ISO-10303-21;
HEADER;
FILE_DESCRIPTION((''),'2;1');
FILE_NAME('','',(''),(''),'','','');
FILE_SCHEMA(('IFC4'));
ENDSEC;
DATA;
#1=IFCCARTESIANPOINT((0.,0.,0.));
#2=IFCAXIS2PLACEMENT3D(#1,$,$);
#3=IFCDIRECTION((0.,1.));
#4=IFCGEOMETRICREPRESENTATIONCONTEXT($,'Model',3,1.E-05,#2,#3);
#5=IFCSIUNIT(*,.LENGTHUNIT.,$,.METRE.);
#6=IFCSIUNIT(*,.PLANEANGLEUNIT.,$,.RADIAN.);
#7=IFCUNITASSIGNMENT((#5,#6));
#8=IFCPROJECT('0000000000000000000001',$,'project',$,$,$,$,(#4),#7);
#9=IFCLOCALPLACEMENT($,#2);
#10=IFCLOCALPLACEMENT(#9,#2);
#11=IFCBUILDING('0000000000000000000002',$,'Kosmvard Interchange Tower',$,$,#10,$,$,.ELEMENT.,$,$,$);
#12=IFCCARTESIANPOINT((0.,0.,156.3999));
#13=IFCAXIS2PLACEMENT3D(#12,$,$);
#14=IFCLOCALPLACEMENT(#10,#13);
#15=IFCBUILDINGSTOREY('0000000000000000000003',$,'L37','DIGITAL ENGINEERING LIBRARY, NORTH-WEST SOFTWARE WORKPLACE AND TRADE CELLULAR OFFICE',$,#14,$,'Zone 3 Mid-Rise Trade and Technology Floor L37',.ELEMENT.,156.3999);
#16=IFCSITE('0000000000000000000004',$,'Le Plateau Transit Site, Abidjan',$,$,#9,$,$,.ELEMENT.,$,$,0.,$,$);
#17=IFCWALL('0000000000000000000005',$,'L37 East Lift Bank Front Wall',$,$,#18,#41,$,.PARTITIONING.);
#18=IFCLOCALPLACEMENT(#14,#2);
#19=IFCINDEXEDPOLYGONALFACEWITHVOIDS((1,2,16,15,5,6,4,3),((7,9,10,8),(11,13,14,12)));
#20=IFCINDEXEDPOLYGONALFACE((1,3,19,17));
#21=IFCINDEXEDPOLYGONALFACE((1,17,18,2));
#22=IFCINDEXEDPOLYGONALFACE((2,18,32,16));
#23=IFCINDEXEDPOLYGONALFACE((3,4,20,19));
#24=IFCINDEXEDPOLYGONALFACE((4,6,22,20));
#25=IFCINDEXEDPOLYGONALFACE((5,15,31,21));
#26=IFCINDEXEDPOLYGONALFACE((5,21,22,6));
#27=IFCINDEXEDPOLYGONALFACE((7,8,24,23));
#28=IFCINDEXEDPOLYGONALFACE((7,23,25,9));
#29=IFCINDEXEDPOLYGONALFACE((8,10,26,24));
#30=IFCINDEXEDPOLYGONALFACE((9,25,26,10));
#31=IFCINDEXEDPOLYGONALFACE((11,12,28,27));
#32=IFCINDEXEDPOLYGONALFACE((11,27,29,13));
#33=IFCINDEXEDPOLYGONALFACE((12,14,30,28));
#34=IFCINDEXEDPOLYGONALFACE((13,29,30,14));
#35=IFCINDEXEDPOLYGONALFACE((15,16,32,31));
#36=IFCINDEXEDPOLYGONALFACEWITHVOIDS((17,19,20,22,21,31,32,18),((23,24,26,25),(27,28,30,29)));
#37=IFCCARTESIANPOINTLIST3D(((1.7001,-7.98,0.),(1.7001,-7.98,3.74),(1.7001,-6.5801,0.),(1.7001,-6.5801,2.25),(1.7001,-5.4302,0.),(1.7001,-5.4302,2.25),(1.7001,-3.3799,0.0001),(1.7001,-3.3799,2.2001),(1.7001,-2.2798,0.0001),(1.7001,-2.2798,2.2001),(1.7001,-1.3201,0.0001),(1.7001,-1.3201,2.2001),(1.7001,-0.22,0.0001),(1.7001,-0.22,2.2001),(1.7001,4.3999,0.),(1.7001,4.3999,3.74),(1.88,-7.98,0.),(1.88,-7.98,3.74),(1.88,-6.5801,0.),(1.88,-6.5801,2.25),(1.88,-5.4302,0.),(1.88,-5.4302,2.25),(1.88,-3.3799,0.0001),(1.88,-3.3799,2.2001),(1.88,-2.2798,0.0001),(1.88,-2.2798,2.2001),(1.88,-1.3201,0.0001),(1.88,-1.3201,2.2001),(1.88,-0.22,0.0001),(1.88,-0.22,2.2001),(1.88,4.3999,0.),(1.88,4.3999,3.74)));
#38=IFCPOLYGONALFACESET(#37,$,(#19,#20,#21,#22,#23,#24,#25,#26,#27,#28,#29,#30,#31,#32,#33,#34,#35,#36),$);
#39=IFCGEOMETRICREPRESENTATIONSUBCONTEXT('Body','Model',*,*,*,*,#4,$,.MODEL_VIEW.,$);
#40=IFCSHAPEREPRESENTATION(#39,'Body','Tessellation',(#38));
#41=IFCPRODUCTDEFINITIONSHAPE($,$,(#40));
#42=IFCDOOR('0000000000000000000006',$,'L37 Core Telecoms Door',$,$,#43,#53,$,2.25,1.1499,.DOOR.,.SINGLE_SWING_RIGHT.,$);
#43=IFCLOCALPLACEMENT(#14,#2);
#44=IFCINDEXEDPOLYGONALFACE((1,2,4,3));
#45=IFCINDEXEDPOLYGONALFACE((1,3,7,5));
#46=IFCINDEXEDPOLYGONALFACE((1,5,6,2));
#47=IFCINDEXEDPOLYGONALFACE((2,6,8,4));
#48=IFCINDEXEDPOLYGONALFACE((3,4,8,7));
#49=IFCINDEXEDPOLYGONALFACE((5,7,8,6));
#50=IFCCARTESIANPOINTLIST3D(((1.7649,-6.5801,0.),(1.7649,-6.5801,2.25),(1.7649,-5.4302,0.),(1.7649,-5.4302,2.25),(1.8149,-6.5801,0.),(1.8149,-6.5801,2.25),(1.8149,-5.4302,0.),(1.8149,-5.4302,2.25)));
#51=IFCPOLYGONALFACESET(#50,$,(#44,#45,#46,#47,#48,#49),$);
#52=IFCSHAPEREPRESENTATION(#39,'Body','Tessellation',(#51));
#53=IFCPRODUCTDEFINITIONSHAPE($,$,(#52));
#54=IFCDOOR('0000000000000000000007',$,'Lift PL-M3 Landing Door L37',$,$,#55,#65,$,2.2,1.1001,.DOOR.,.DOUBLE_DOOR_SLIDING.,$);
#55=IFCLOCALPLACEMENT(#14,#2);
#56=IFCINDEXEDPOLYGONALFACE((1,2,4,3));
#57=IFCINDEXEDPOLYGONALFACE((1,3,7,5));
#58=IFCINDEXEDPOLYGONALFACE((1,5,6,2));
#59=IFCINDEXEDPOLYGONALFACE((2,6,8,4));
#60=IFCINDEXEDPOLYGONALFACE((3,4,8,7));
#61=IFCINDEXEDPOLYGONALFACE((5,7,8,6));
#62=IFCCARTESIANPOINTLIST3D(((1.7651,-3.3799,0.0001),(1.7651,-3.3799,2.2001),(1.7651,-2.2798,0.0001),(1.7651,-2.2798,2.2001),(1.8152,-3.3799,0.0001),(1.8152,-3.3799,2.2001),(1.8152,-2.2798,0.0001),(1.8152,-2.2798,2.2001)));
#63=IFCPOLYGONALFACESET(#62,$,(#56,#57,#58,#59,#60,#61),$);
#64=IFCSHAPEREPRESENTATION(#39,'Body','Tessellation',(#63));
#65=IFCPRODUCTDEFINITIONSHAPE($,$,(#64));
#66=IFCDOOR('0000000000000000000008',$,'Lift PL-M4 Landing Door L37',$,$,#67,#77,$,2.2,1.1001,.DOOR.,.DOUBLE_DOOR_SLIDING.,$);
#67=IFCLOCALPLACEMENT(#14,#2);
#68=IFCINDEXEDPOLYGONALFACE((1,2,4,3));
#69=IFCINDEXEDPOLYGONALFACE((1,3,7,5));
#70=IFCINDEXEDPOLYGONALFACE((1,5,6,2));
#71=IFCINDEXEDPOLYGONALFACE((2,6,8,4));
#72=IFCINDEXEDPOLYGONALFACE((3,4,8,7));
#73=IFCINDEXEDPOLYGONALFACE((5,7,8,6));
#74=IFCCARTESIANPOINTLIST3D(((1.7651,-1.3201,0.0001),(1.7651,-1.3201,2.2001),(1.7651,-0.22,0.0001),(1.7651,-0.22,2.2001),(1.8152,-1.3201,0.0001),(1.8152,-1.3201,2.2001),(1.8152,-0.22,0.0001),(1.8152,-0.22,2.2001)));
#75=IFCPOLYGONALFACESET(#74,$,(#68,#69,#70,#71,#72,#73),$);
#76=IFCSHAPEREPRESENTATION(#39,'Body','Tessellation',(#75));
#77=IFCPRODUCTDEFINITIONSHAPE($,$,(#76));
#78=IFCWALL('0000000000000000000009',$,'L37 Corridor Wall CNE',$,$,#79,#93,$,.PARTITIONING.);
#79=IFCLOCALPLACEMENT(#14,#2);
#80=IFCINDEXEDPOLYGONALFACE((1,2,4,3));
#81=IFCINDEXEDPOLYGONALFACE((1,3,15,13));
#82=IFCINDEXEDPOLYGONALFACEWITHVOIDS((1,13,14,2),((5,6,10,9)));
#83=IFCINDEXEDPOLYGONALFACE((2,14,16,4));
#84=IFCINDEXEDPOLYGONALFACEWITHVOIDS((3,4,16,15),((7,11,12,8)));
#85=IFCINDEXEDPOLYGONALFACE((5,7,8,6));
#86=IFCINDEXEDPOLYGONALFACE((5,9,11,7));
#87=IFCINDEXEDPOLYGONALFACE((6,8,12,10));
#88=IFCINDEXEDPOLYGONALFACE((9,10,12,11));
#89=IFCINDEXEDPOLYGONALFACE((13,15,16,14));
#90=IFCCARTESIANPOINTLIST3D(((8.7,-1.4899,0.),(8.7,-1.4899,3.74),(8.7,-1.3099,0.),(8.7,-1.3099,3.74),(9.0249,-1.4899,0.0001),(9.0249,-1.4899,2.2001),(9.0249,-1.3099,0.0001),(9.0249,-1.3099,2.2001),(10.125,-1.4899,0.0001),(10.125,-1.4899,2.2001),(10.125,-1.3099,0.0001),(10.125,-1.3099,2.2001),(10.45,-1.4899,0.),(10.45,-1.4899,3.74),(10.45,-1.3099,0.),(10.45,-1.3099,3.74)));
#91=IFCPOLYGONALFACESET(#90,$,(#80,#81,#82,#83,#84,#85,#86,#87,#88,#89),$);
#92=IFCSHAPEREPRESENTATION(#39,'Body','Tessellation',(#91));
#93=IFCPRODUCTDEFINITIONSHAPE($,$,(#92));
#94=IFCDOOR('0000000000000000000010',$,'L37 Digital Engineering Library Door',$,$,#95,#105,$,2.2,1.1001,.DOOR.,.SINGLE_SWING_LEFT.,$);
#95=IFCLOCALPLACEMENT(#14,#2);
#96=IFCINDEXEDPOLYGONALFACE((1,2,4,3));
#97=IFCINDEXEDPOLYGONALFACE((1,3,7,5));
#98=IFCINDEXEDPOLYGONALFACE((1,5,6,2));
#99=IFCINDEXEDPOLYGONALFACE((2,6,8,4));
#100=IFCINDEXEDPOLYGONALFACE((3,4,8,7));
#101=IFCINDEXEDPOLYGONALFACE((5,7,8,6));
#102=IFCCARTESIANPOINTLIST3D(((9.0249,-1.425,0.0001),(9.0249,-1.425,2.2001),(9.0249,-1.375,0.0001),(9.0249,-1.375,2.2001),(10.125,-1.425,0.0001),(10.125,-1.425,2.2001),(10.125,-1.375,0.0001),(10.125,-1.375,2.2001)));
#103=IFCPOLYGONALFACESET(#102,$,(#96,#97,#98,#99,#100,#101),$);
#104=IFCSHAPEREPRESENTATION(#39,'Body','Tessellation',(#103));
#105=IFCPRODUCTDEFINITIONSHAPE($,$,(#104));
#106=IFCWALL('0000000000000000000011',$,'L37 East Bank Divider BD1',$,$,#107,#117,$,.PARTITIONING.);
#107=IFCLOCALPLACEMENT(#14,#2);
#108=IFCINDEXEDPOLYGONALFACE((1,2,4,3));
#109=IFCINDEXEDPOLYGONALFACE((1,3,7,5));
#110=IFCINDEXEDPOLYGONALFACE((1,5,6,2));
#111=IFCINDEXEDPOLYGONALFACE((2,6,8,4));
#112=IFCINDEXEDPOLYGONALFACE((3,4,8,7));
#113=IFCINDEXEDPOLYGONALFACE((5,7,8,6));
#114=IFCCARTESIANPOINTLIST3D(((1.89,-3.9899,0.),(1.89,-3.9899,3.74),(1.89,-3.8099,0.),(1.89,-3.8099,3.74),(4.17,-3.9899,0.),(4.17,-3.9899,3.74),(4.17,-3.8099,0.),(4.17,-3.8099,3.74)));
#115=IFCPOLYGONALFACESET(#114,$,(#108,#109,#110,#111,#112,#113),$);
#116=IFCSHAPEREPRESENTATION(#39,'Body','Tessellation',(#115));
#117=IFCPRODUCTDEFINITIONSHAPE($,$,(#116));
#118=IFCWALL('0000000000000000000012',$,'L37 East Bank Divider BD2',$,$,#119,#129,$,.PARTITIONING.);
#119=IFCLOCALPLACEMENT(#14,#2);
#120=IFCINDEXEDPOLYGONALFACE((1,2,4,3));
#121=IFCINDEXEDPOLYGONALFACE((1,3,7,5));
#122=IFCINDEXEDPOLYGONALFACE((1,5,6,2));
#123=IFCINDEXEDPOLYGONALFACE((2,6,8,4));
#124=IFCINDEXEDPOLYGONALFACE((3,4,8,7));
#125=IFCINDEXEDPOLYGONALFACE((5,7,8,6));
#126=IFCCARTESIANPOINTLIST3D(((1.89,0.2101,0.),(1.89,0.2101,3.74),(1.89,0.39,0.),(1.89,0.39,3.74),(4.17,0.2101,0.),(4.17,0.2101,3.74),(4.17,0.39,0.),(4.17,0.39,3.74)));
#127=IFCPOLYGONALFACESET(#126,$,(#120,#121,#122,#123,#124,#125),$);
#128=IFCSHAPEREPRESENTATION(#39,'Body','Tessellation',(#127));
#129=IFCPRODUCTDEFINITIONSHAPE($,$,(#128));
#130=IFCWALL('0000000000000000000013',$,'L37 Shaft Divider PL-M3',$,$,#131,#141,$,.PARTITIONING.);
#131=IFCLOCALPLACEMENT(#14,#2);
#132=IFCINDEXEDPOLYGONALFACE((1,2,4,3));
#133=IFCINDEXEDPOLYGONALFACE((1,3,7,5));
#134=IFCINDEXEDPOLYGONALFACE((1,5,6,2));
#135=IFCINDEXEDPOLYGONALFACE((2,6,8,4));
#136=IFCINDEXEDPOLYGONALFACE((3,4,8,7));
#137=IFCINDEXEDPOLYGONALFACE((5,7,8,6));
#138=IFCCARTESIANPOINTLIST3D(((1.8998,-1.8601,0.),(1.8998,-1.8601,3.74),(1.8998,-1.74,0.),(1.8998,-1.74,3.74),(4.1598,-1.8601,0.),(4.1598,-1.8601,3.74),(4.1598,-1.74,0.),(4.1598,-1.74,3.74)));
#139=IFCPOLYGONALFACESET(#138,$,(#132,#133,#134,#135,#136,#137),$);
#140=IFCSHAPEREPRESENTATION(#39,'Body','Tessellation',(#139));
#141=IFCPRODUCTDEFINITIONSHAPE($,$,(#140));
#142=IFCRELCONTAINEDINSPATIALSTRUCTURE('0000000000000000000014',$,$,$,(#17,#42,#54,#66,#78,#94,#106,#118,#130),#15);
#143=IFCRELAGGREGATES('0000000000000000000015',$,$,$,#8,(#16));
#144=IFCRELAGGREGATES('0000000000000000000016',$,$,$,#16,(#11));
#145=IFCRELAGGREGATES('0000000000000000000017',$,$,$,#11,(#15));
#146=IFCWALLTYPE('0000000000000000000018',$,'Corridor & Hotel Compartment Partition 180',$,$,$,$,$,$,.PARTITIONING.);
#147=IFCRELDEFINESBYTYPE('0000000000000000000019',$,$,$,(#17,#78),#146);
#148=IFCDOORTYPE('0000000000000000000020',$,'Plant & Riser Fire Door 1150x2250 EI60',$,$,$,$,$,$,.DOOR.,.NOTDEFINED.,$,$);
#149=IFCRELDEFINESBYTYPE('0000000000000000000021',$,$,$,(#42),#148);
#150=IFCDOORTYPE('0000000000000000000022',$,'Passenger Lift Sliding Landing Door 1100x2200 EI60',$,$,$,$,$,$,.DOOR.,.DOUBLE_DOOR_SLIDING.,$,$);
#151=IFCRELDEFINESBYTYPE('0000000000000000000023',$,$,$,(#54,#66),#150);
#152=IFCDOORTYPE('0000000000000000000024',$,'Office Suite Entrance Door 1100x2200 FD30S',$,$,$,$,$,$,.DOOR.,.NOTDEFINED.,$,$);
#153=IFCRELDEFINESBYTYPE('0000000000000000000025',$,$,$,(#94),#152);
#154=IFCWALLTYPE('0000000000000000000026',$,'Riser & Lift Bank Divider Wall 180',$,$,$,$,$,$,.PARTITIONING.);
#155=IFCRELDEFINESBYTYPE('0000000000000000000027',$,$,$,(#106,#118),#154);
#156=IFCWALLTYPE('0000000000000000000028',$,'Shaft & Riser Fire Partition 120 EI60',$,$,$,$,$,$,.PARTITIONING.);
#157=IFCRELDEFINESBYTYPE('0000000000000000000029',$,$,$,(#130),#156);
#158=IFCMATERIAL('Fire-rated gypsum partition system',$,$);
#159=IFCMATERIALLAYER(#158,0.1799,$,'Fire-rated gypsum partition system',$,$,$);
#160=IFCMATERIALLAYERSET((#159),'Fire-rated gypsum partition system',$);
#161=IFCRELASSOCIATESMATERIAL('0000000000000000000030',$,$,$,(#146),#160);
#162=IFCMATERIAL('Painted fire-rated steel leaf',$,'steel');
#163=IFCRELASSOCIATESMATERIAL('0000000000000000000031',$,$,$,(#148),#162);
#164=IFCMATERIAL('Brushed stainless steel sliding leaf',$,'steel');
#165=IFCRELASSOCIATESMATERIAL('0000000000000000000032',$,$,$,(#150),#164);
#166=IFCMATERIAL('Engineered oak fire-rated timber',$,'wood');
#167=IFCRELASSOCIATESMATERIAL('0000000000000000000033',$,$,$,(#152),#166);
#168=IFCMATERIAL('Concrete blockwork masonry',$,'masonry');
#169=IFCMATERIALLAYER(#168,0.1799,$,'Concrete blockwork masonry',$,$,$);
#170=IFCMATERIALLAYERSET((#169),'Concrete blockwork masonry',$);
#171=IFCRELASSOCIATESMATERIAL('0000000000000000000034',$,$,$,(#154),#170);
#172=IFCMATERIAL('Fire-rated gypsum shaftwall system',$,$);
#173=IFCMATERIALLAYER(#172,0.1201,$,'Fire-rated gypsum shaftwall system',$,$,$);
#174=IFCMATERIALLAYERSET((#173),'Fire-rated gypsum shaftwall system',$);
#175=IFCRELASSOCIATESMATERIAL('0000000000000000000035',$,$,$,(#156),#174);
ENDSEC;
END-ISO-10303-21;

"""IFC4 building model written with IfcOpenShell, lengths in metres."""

from ifc_helpers import new_model, si_unit, direction, frame, frame_2d, origin, place, context, subcontext, project, spatial, rectangle, extrude, source, transform, mapped, material, layer, layer_set, type_object, element, fill, save


model = new_model("IFC4")

# Units and contexts
model_context = context("Model", 3, precision=1e-05, world=origin(), true_north=direction((0.0, 1.0)))
body_context = subcontext(model_context, "Body", "Model", "MODEL_VIEW")
ifc_project = project(units=[si_unit("LENGTHUNIT", "METRE"), si_unit("PLANEANGLEUNIT", "RADIAN")], contexts=[model_context])

# Site, building, storey
site_placement = place(None, origin())
site = spatial("IfcSite", under=ifc_project, at=site_placement, Name="Le Plateau Transit Site, Abidjan", CompositionType="ELEMENT", RefElevation=0.0)
building_placement = place(site_placement, origin())
building = spatial("IfcBuilding", under=site, at=building_placement, Name="Kosmvard Interchange Tower", CompositionType="ELEMENT")
storey_placement = place(building_placement, frame((0.0, 0.0, 156.3999)))
storey = spatial("IfcBuildingStorey", under=building, at=storey_placement, Name="L37", Description="DIGITAL ENGINEERING LIBRARY, NORTH-WEST SOFTWARE WORKPLACE AND TRADE CELLULAR OFFICE", LongName="Zone 3 Mid-Rise Trade and Technology Floor L37", CompositionType="ELEMENT", Elevation=156.3999)

# Wall, openings, doors
ifc_material_1 = material(Name="Fire-rated gypsum partition system")
ifc_layer_1 = layer(ifc_material_1, 0.1799, Name="Fire-rated gypsum partition system")
ifc_layer_set_1 = layer_set([ifc_layer_1], Name="Fire-rated gypsum partition system")
wall_type_1 = type_object("IfcWallType", Name="Corridor & Hotel Compartment Partition 180", PredefinedType="PARTITIONING", material=ifc_layer_set_1)
wall_1_placement = place(storey_placement, frame((1.79, -7.98, 0.0), z_axis=(0.0, 0.0, 1.0), x_axis=(0.0, 1.0, 0.0)))
wall_1 = element("IfcWall", 1, at=wall_1_placement, inside=storey, type_object=wall_type_1, Name="L37 East Lift Bank Front Wall", PredefinedType="PARTITIONING", context=body_context, shape_type="SweptSolid", body=[
    extrude(rectangle(XDim=12.3799, YDim=0.1799, at=frame_2d((6.1899, 0.0))), origin(), (0.0, 0.0, 1.0), 3.74),
])
opening_1_placement = place(wall_1_placement, frame((4.6001, 0.0, 0.0)))
opening_1 = element("IfcOpeningElement", 2, at=opening_1_placement, cuts=wall_1, PredefinedType="OPENING", context=body_context, shape_type="SweptSolid", body=[
    extrude(rectangle(XDim=1.1001, YDim=2.2, at=frame_2d((0.55, 1.1001))), frame((0.0, 0.1001, 0.0), z_axis=(0.0, -1.0, 0.0), x_axis=(1.0, 0.0, 0.0)), (0.0, 0.0, 1.0), 0.2),
])
opening_2_placement = place(wall_1_placement, frame((6.6599, 0.0, 0.0)))
opening_2 = element("IfcOpeningElement", 3, at=opening_2_placement, cuts=wall_1, PredefinedType="OPENING", context=body_context, shape_type="SweptSolid", body=[
    extrude(rectangle(XDim=1.1001, YDim=2.2, at=frame_2d((0.55, 1.1001))), frame((0.0, 0.1001, 0.0), z_axis=(0.0, -1.0, 0.0), x_axis=(1.0, 0.0, 0.0)), (0.0, 0.0, 1.0), 0.2),
])
opening_3_placement = place(wall_1_placement, frame((1.3999, 0.0, 0.0)))
opening_3 = element("IfcOpeningElement", 4, at=opening_3_placement, cuts=wall_1, PredefinedType="OPENING", context=body_context, shape_type="SweptSolid", body=[
    extrude(rectangle(XDim=1.1499, YDim=2.25, at=frame_2d((0.575, 1.125))), frame((0.0, 0.1001, 0.0), z_axis=(0.0, -1.0, 0.0), x_axis=(1.0, 0.0, 0.0)), (0.0, 0.0, 1.0), 0.2),
])
ifc_material_2 = material(Name="Painted fire-rated steel leaf", Category="steel")
door_type_1 = type_object("IfcDoorType", Name="Plant & Riser Fire Door 1150x2250 EI60", OperationType="NOTDEFINED", PredefinedType="DOOR", material=ifc_material_2)
shared_shape_1 = source(origin(), body_context, "Body", "SweptSolid", [
    extrude(rectangle(XDim=1.1499, YDim=2.25, at=frame_2d((0.575, 1.125))), frame((0.0, 0.0249, 0.0), z_axis=(0.0, -1.0, 0.0), x_axis=(1.0, 0.0, 0.0)), (0.0, 0.0, 1.0), 0.05),
])
door_1_placement = place(opening_3_placement, frame((1.1499, 0.0, 0.0), z_axis=(0.0, 0.0, 1.0), x_axis=(-1.0, 0.0, 0.0)))
door_1 = element("IfcDoor", 5, at=door_1_placement, inside=storey, type_object=door_type_1, Name="L37 Core Telecoms Door", OperationType="SINGLE_SWING_RIGHT", OverallHeight=2.25, OverallWidth=1.1499, PredefinedType="DOOR", context=body_context, shape_type="MappedRepresentation", body=[
    mapped(shared_shape_1, transform((0.0, 0.0, 0.0), scale=1.0)),
])
fill(opening_3, door_1)
ifc_material_3 = material(Name="Brushed stainless steel sliding leaf", Category="steel")
door_type_2 = type_object("IfcDoorType", Name="Passenger Lift Sliding Landing Door 1100x2200 EI60", OperationType="DOUBLE_DOOR_SLIDING", PredefinedType="DOOR", material=ifc_material_3)
shared_shape_2 = source(origin(), body_context, "Body", "SweptSolid", [
    extrude(rectangle(XDim=1.1001, YDim=2.2, at=frame_2d((0.55, 1.1001))), frame((0.0, 0.0249, 0.0), z_axis=(0.0, -1.0, 0.0), x_axis=(1.0, 0.0, 0.0)), (0.0, 0.0, 1.0), 0.05),
])
door_2_placement = place(opening_1_placement, origin())
door_2 = element("IfcDoor", 6, at=door_2_placement, inside=storey, type_object=door_type_2, Name="Lift PL-M3 Landing Door L37", OperationType="DOUBLE_DOOR_SLIDING", OverallHeight=2.2, OverallWidth=1.1001, PredefinedType="DOOR", context=body_context, shape_type="MappedRepresentation", body=[
    mapped(shared_shape_2, transform((0.0, 0.0, 0.0), scale=1.0)),
])
fill(opening_1, door_2)
door_3_placement = place(opening_2_placement, origin())
door_3 = element("IfcDoor", 7, at=door_3_placement, inside=storey, type_object=door_type_2, Name="Lift PL-M4 Landing Door L37", OperationType="DOUBLE_DOOR_SLIDING", OverallHeight=2.2, OverallWidth=1.1001, PredefinedType="DOOR", context=body_context, shape_type="MappedRepresentation", body=[
    mapped(shared_shape_2, transform((0.0, 0.0, 0.0), scale=1.0)),
])
fill(opening_2, door_3)

# Wall, opening, door
wall_2_placement = place(storey_placement, frame((8.7, -1.3999, 0.0), z_axis=(0.0, 0.0, 1.0), x_axis=(1.0, 0.0, 0.0)))
wall_2 = element("IfcWall", 8, at=wall_2_placement, inside=storey, type_object=wall_type_1, Name="L37 Corridor Wall CNE", PredefinedType="PARTITIONING", context=body_context, shape_type="SweptSolid", body=[
    extrude(rectangle(XDim=1.75, YDim=0.1799, at=frame_2d((0.875, 0.0))), origin(), (0.0, 0.0, 1.0), 3.74),
])
opening_4_placement = place(wall_2_placement, frame((0.325, 0.0, 0.0)))
opening_4 = element("IfcOpeningElement", 9, at=opening_4_placement, cuts=wall_2, PredefinedType="OPENING", context=body_context, shape_type="SweptSolid", body=[
    extrude(rectangle(XDim=1.1001, YDim=2.2, at=frame_2d((0.55, 1.1001))), frame((0.0, 0.1001, 0.0), z_axis=(0.0, -1.0, 0.0), x_axis=(1.0, 0.0, 0.0)), (0.0, 0.0, 1.0), 0.2),
])
ifc_material_4 = material(Name="Engineered oak fire-rated timber", Category="wood")
door_type_3 = type_object("IfcDoorType", Name="Office Suite Entrance Door 1100x2200 FD30S", OperationType="NOTDEFINED", PredefinedType="DOOR", material=ifc_material_4)
door_4_placement = place(opening_4_placement, origin())
door_4 = element("IfcDoor", 10, at=door_4_placement, inside=storey, type_object=door_type_3, Name="L37 Digital Engineering Library Door", OperationType="SINGLE_SWING_LEFT", OverallHeight=2.2, OverallWidth=1.1001, PredefinedType="DOOR", context=body_context, shape_type="MappedRepresentation", body=[
    mapped(shared_shape_2, transform((0.0, 0.0, 0.0), scale=1.0)),
])
fill(opening_4, door_4)

# Walls
ifc_material_5 = material(Name="Concrete blockwork masonry", Category="masonry")
ifc_layer_2 = layer(ifc_material_5, 0.1799, Name="Concrete blockwork masonry")
ifc_layer_set_2 = layer_set([ifc_layer_2], Name="Concrete blockwork masonry")
wall_type_2 = type_object("IfcWallType", Name="Riser & Lift Bank Divider Wall 180", PredefinedType="PARTITIONING", material=ifc_layer_set_2)
for number, where, z_axis, x_axis, name in (
    (11, (1.8899, -3.8999, 0.0), (0.0, 0.0, 1.0), (1.0, 0.0, 0.0), "L37 East Bank Divider BD1"),
    (12, (1.8899, 0.3, 0.0), (0.0, 0.0, 1.0), (1.0, 0.0, 0.0), "L37 East Bank Divider BD2"),
):
    element("IfcWall", number, at=place(storey_placement, frame(where, z_axis=z_axis, x_axis=x_axis)), inside=storey, type_object=wall_type_2, Name=name, PredefinedType="PARTITIONING", context=body_context, shape_type="SweptSolid", body=[
        extrude(rectangle(XDim=2.28, YDim=0.1799, at=frame_2d((1.1401, 0.0))), origin(), (0.0, 0.0, 1.0), 3.74),
    ])
ifc_material_6 = material(Name="Fire-rated gypsum shaftwall system")
ifc_layer_3 = layer(ifc_material_6, 0.1201, Name="Fire-rated gypsum shaftwall system")
ifc_layer_set_3 = layer_set([ifc_layer_3], Name="Fire-rated gypsum shaftwall system")
wall_type_3 = type_object("IfcWallType", Name="Shaft & Riser Fire Partition 120 EI60", PredefinedType="PARTITIONING", material=ifc_layer_set_3)
wall_3_placement = place(storey_placement, frame((1.8999, -1.8, 0.0), z_axis=(0.0, 0.0, 1.0), x_axis=(1.0, 0.0, 0.0)))
element("IfcWall", 13, at=wall_3_placement, inside=storey, type_object=wall_type_3, Name="L37 Shaft Divider PL-M3", PredefinedType="PARTITIONING", context=body_context, shape_type="SweptSolid", body=[
    extrude(rectangle(XDim=2.26, YDim=0.1201, at=frame_2d((1.1299, 0.0))), origin(), (0.0, 0.0, 1.0), 3.74),
])

save(model, "model.ifc")
